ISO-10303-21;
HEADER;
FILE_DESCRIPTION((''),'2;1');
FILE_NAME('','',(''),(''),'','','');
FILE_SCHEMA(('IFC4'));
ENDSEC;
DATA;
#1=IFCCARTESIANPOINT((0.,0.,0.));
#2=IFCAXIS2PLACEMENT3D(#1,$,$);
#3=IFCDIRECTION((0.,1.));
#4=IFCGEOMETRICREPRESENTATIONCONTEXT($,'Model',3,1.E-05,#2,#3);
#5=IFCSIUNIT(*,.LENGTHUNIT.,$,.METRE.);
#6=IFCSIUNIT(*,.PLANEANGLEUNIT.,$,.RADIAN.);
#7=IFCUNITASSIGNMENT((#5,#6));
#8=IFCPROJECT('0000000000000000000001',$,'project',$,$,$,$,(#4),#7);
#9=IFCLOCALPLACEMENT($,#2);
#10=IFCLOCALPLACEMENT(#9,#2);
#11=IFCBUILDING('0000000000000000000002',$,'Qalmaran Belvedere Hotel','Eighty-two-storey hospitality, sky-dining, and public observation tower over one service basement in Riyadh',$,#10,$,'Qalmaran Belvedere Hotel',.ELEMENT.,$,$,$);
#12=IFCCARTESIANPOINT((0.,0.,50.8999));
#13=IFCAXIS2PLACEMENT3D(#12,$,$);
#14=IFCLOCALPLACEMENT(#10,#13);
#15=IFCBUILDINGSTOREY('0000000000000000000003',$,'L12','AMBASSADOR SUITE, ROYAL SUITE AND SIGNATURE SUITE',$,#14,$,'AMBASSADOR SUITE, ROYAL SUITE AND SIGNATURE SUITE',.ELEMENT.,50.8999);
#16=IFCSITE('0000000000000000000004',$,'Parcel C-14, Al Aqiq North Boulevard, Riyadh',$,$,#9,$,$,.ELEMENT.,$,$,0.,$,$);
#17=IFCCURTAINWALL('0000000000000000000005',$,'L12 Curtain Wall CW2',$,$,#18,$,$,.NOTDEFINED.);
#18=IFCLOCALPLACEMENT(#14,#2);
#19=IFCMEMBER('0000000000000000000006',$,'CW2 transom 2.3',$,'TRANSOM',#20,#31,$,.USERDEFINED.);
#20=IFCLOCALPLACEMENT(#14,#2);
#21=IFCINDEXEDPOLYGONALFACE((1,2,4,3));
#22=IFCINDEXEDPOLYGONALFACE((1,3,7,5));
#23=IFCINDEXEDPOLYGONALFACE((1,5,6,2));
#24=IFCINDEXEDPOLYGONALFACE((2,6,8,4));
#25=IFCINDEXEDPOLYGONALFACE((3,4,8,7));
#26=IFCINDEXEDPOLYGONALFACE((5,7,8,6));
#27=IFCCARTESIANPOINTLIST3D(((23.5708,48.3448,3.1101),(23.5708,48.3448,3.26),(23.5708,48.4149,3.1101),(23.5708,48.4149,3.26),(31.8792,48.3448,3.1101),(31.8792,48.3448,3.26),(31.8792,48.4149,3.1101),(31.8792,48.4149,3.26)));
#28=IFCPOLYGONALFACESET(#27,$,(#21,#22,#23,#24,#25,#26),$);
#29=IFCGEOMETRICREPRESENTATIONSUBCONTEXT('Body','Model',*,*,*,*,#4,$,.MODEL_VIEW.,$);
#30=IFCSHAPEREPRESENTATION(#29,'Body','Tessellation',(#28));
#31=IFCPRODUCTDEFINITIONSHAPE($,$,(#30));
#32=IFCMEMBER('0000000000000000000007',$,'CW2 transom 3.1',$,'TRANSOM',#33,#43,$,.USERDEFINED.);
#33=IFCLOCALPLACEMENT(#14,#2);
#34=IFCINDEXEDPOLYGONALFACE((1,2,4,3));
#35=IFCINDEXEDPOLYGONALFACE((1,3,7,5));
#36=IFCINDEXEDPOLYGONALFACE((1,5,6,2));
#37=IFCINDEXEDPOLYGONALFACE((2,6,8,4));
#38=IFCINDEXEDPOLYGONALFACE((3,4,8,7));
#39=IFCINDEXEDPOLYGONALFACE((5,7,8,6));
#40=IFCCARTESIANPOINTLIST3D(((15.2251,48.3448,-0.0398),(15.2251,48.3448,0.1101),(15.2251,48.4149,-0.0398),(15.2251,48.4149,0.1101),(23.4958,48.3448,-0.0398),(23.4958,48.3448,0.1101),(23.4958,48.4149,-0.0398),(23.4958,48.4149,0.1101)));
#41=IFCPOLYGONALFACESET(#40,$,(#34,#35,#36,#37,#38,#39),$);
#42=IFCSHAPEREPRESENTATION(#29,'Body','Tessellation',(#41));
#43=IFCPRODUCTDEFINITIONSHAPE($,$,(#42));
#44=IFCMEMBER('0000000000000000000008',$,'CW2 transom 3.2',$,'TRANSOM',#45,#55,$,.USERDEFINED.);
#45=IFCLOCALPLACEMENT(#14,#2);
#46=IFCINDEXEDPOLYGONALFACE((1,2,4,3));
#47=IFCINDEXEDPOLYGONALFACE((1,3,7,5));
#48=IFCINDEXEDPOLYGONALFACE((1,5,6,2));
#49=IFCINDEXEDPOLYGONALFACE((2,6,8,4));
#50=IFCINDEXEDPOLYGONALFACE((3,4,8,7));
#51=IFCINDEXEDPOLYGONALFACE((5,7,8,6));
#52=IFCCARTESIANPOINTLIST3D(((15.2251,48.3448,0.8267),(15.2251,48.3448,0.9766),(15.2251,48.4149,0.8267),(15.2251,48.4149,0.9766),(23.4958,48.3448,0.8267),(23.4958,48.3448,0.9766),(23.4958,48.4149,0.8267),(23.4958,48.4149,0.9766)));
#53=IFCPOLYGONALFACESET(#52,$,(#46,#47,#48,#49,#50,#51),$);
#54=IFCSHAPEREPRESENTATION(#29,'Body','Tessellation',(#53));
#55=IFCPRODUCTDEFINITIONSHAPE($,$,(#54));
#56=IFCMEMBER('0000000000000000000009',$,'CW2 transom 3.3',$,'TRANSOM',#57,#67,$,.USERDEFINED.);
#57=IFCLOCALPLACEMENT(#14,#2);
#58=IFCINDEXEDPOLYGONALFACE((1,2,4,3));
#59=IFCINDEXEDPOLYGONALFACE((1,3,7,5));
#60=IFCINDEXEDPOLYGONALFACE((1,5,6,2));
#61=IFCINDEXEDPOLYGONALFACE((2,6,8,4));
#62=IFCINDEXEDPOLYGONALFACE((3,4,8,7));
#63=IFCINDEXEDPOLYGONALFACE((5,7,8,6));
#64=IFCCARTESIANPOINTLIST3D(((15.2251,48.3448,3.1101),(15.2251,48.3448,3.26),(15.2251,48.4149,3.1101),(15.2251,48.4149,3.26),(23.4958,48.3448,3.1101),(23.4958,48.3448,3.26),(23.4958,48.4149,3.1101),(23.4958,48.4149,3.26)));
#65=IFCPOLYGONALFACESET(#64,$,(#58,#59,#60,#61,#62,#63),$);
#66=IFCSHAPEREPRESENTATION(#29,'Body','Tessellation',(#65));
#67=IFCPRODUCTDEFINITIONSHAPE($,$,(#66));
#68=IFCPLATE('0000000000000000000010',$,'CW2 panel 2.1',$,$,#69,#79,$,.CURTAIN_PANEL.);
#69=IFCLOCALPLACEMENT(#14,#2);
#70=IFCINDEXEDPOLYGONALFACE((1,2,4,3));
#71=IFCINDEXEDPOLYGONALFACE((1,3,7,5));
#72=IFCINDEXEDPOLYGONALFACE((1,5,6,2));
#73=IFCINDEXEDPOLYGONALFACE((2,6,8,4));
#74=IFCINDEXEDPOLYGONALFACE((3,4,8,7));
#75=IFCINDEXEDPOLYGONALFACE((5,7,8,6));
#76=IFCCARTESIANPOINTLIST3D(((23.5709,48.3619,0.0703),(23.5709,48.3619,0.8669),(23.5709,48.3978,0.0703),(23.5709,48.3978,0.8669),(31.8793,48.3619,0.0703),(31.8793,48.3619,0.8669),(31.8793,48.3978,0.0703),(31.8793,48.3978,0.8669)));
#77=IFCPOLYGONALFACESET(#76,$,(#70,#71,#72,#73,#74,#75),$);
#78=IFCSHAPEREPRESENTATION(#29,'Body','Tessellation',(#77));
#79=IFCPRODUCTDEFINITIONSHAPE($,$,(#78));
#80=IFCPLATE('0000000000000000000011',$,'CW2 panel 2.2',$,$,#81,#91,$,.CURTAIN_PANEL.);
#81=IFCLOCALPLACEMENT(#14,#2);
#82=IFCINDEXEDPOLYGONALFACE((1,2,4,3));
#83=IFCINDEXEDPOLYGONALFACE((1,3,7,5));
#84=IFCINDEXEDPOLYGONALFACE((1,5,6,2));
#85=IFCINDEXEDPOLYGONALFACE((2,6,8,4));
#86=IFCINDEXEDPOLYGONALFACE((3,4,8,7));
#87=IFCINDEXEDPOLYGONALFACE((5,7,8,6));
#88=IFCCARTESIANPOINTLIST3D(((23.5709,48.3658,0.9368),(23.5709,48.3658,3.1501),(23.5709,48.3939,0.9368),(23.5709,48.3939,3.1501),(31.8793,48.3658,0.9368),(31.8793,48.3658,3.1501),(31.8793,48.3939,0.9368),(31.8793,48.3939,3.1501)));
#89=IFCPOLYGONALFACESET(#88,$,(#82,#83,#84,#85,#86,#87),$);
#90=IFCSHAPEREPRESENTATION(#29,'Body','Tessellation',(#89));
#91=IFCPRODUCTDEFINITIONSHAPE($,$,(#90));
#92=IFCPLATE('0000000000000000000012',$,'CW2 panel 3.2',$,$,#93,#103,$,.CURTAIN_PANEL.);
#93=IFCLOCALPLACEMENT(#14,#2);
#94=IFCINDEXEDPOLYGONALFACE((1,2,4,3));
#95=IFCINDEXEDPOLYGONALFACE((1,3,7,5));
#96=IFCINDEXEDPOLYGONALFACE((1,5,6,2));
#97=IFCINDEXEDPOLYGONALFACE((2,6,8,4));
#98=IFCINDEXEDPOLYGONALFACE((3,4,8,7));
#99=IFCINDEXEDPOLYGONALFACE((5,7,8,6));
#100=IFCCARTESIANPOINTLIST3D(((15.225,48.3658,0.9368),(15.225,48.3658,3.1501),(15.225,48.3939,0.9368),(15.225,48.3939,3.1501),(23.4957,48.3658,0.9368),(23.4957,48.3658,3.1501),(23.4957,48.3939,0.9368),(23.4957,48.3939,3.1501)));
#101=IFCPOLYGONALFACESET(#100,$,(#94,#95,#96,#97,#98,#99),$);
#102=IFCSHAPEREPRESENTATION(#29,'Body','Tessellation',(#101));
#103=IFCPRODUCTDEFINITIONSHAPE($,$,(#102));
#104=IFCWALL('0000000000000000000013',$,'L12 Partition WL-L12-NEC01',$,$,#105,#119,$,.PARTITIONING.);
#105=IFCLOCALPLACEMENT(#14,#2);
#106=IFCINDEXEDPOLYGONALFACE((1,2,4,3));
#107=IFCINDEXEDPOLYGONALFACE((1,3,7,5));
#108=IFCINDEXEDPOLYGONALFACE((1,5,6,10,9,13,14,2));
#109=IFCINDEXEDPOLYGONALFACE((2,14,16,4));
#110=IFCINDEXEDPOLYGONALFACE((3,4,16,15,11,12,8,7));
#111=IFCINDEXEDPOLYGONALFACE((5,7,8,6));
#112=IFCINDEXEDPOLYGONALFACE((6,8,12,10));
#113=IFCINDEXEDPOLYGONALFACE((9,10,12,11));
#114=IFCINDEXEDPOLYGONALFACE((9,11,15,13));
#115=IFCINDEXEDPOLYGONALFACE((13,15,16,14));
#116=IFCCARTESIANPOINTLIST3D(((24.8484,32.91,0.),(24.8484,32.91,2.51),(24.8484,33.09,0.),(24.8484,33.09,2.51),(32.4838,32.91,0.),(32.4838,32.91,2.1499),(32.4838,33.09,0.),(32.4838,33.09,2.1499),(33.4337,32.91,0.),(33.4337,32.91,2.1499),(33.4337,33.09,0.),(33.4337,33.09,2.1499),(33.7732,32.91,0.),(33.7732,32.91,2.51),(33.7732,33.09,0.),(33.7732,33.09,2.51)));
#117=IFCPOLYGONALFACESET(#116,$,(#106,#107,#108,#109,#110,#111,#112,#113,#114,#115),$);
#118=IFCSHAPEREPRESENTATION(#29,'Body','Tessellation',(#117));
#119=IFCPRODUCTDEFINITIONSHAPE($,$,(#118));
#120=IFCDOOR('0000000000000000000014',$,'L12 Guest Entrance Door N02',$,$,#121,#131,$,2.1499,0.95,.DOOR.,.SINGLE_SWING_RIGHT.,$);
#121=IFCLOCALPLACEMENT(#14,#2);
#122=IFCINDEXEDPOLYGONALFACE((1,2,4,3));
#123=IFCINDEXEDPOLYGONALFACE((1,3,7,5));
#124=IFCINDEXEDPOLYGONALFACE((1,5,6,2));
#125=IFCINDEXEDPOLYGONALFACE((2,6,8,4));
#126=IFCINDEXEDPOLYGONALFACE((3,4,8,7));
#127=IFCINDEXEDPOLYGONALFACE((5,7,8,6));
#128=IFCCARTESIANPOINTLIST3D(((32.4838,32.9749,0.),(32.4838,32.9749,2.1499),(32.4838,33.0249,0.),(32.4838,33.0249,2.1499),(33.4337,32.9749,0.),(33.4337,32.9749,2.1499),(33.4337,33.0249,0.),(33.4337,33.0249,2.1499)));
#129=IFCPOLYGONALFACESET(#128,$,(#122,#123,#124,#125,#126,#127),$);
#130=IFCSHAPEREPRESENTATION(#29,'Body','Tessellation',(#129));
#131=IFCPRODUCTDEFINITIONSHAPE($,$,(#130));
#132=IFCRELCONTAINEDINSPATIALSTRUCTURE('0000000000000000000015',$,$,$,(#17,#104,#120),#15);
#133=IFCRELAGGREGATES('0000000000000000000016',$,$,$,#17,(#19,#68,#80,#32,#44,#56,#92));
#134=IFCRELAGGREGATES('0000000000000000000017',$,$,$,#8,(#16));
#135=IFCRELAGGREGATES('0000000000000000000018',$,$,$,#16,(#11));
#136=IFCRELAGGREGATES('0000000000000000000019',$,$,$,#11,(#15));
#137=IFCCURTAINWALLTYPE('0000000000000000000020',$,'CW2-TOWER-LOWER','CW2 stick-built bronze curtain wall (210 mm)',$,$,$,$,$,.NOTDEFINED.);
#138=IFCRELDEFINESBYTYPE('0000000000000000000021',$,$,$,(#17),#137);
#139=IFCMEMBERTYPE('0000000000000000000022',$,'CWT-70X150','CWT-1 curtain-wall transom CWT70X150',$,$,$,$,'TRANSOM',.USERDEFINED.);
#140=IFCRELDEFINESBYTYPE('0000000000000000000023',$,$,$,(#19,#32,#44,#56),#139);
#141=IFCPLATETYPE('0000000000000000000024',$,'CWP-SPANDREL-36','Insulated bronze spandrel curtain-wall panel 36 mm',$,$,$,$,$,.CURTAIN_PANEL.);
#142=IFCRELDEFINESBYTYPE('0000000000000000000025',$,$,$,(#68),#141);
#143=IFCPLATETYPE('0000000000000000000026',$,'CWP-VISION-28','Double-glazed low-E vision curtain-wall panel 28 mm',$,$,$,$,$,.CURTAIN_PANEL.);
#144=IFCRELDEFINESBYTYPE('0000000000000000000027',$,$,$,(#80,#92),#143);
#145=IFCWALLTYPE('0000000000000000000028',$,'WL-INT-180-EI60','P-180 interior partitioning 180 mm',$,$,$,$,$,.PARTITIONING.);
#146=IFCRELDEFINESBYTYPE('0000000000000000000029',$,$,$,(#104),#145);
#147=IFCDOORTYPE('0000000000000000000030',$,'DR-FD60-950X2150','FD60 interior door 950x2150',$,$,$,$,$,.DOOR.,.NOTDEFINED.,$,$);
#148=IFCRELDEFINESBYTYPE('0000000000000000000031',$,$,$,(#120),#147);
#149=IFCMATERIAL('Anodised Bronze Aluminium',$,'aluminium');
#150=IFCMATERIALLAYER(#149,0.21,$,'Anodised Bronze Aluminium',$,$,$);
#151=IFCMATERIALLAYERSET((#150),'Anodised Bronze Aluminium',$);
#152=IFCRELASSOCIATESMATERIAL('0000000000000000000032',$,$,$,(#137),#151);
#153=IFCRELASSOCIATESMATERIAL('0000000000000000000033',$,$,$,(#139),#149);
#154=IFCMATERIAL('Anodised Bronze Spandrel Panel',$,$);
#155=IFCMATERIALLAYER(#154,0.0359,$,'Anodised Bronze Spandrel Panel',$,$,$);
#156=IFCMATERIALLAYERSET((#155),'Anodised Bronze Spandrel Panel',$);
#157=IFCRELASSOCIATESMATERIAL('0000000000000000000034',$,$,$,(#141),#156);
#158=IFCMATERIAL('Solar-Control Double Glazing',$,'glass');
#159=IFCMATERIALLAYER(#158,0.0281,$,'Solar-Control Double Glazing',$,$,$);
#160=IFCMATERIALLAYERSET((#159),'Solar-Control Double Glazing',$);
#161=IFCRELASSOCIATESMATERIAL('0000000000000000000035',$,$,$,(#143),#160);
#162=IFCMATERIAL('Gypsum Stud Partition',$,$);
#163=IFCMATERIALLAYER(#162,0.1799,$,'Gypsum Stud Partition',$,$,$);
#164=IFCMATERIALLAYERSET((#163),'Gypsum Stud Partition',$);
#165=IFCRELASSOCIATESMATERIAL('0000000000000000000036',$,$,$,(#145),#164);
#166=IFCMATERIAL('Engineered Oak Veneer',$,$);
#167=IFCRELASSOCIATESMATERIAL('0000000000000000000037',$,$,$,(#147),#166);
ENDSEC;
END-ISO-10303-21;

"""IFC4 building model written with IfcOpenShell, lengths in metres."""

from ifc_helpers import new_model, si_unit, direction, frame, frame_2d, origin, origin_2d, place, context, subcontext, project, spatial, rectangle, extrude, material, layer, layer_set, material_profile, profile_set, type_object, element, fill, aggregate, save


model = new_model("IFC4")

# Units and contexts
model_context = context("Model", 3, precision=1e-05, world=origin(), true_north=direction((0.0, 1.0)))
body_context = subcontext(model_context, "Body", "Model", "MODEL_VIEW")
ifc_project = project(units=[si_unit("LENGTHUNIT", "METRE"), si_unit("PLANEANGLEUNIT", "RADIAN")], contexts=[model_context])

# Site, building, storey
site_placement = place(None, origin())
site = spatial("IfcSite", under=ifc_project, at=site_placement, Name="Parcel C-14, Al Aqiq North Boulevard, Riyadh", CompositionType="ELEMENT", RefElevation=0.0)
building_placement = place(site_placement, origin())
building = spatial("IfcBuilding", under=site, at=building_placement, Name="Qalmaran Belvedere Hotel", Description="Eighty-two-storey hospitality, sky-dining, and public observation tower over one service basement in Riyadh", LongName="Qalmaran Belvedere Hotel", CompositionType="ELEMENT")
storey_placement = place(building_placement, frame((0.0, 0.0, 50.8999)))
storey = spatial("IfcBuildingStorey", under=building, at=storey_placement, Name="L12", Description="AMBASSADOR SUITE, ROYAL SUITE AND SIGNATURE SUITE", LongName="AMBASSADOR SUITE, ROYAL SUITE AND SIGNATURE SUITE", CompositionType="ELEMENT", Elevation=50.8999)

# Curtain wall, members, plates
ifc_material_1 = material(Name="Anodised Bronze Aluminium", Category="aluminium")
ifc_layer_1 = layer(ifc_material_1, 0.21, Name="Anodised Bronze Aluminium")
ifc_layer_set_1 = layer_set([ifc_layer_1], Name="Anodised Bronze Aluminium")
curtain_wall_type = type_object("IfcCurtainWallType", Name="CW2-TOWER-LOWER", Description="CW2 stick-built bronze curtain wall (210 mm)", PredefinedType="NOTDEFINED", material=ifc_layer_set_1)
curtain_wall_placement = place(storey_placement, origin())
curtain_wall = element("IfcCurtainWall", 1, at=curtain_wall_placement, inside=storey, type_object=curtain_wall_type, Name="L12 Curtain Wall CW2", PredefinedType="NOTDEFINED")
ifc_material_profile_1 = material_profile(ifc_material_1, rectangle(XDim=0.0701, YDim=0.1499, at=origin_2d()), Name="CWT70X150")
ifc_profile_set_1 = profile_set([ifc_material_profile_1], Name="Anodised Bronze Aluminium")
member_type_1 = type_object("IfcMemberType", Name="CWT-70X150", Description="CWT-1 curtain-wall transom CWT70X150", ElementType="TRANSOM", PredefinedType="USERDEFINED", material=ifc_profile_set_1)
member_1_placement = place(storey_placement, frame((31.8792, 48.3799, 3.1851), z_axis=(-1.0, 0.0, 0.0), x_axis=(0.0, -1.0, 0.0)))
member_1 = element("IfcMember", 2, at=member_1_placement, type_object=member_type_1, Name="CW2 transom 2.3", ObjectType="TRANSOM", PredefinedType="USERDEFINED", context=body_context, shape_type="SweptSolid", body=[
    extrude(rectangle(XDim=0.0701, YDim=0.1499, at=origin_2d()), origin(), (0.0, 0.0, 1.0), 8.3083),
])
member_2_placement = place(storey_placement, frame((23.4958, 48.3799, 0.0352), z_axis=(-1.0, 0.0, 0.0), x_axis=(0.0, -1.0, 0.0)))
member_2 = element("IfcMember", 3, at=member_2_placement, type_object=member_type_1, Name="CW2 transom 3.1", ObjectType="TRANSOM", PredefinedType="USERDEFINED", context=body_context, shape_type="SweptSolid", body=[
    extrude(rectangle(XDim=0.0701, YDim=0.1499, at=origin_2d()), origin(), (0.0, 0.0, 1.0), 8.2708),
])
member_3_placement = place(storey_placement, frame((23.4958, 48.3799, 0.9016), z_axis=(-1.0, 0.0, 0.0), x_axis=(0.0, -1.0, 0.0)))
member_3 = element("IfcMember", 4, at=member_3_placement, type_object=member_type_1, Name="CW2 transom 3.2", ObjectType="TRANSOM", PredefinedType="USERDEFINED", context=body_context, shape_type="SweptSolid", body=[
    extrude(rectangle(XDim=0.0701, YDim=0.1499, at=origin_2d()), origin(), (0.0, 0.0, 1.0), 8.2708),
])
member_4_placement = place(storey_placement, frame((23.4958, 48.3799, 3.1851), z_axis=(-1.0, 0.0, 0.0), x_axis=(0.0, -1.0, 0.0)))
member_4 = element("IfcMember", 5, at=member_4_placement, type_object=member_type_1, Name="CW2 transom 3.3", ObjectType="TRANSOM", PredefinedType="USERDEFINED", context=body_context, shape_type="SweptSolid", body=[
    extrude(rectangle(XDim=0.0701, YDim=0.1499, at=origin_2d()), origin(), (0.0, 0.0, 1.0), 8.2708),
])
ifc_material_2 = material(Name="Anodised Bronze Spandrel Panel")
ifc_layer_2 = layer(ifc_material_2, 0.0359, Name="Anodised Bronze Spandrel Panel")
ifc_layer_set_2 = layer_set([ifc_layer_2], Name="Anodised Bronze Spandrel Panel")
plate_type_1 = type_object("IfcPlateType", Name="CWP-SPANDREL-36", Description="Insulated bronze spandrel curtain-wall panel 36 mm", PredefinedType="CURTAIN_PANEL", material=ifc_layer_set_2)
plate_1_placement = place(storey_placement, frame((27.7251, 48.3799, 0.0703), z_axis=(0.0, 0.0, 1.0), x_axis=(-1.0, 0.0, 0.0)))
plate_1 = element("IfcPlate", 6, at=plate_1_placement, type_object=plate_type_1, Name="CW2 panel 2.1", PredefinedType="CURTAIN_PANEL", context=body_context, shape_type="SweptSolid", body=[
    extrude(rectangle(XDim=8.3083, YDim=0.0359, at=origin_2d()), origin(), (0.0, 0.0, 1.0), 0.7966),
])
ifc_material_3 = material(Name="Solar-Control Double Glazing", Category="glass")
ifc_layer_3 = layer(ifc_material_3, 0.0281, Name="Solar-Control Double Glazing")
ifc_layer_set_3 = layer_set([ifc_layer_3], Name="Solar-Control Double Glazing")
plate_type_2 = type_object("IfcPlateType", Name="CWP-VISION-28", Description="Double-glazed low-E vision curtain-wall panel 28 mm", PredefinedType="CURTAIN_PANEL", material=ifc_layer_set_3)
plate_2_placement = place(storey_placement, frame((27.7251, 48.3799, 0.9368), z_axis=(0.0, 0.0, 1.0), x_axis=(-1.0, 0.0, 0.0)))
plate_2 = element("IfcPlate", 7, at=plate_2_placement, type_object=plate_type_2, Name="CW2 panel 2.2", PredefinedType="CURTAIN_PANEL", context=body_context, shape_type="SweptSolid", body=[
    extrude(rectangle(XDim=8.3083, YDim=0.0281, at=origin_2d()), origin(), (0.0, 0.0, 1.0), 2.2134),
])
plate_3_placement = place(storey_placement, frame((19.3604, 48.3799, 0.9368), z_axis=(0.0, 0.0, 1.0), x_axis=(-1.0, 0.0, 0.0)))
plate_3 = element("IfcPlate", 8, at=plate_3_placement, type_object=plate_type_2, Name="CW2 panel 3.2", PredefinedType="CURTAIN_PANEL", context=body_context, shape_type="SweptSolid", body=[
    extrude(rectangle(XDim=8.2708, YDim=0.0281, at=origin_2d()), origin(), (0.0, 0.0, 1.0), 2.2134),
])
aggregate(curtain_wall, [member_1, plate_1, plate_2, member_2, member_3, member_4, plate_3])

# Wall, opening, door
ifc_material_4 = material(Name="Gypsum Stud Partition")
ifc_layer_4 = layer(ifc_material_4, 0.1799, Name="Gypsum Stud Partition")
ifc_layer_set_4 = layer_set([ifc_layer_4], Name="Gypsum Stud Partition")
wall_type = type_object("IfcWallType", Name="WL-INT-180-EI60", Description="P-180 interior partitioning 180 mm", PredefinedType="PARTITIONING", material=ifc_layer_set_4)
wall_placement = place(storey_placement, frame((24.8484, 33.0, 0.0), z_axis=(0.0, 0.0, 1.0), x_axis=(1.0, 0.0, 0.0)))
wall = element("IfcWall", 9, at=wall_placement, inside=storey, type_object=wall_type, Name="L12 Partition WL-L12-NEC01", PredefinedType="PARTITIONING", context=body_context, shape_type="SweptSolid", body=[
    extrude(rectangle(XDim=8.9248, YDim=0.1799, at=frame_2d((4.4624, 0.0))), origin(), (0.0, 0.0, 1.0), 2.51),
])
opening_placement = place(wall_placement, frame((7.6353, 0.0, 0.0)))
opening = element("IfcOpeningElement", 10, at=opening_placement, cuts=wall, PredefinedType="OPENING", context=body_context, shape_type="SweptSolid", body=[
    extrude(rectangle(XDim=0.95, YDim=2.1499, at=frame_2d((0.4751, 1.075))), frame((0.0, 0.1001, 0.0), z_axis=(0.0, -1.0, 0.0), x_axis=(1.0, 0.0, 0.0)), (0.0, 0.0, 1.0), 0.2),
])
ifc_material_5 = material(Name="Engineered Oak Veneer")
door_type = type_object("IfcDoorType", Name="DR-FD60-950X2150", Description="FD60 interior door 950x2150", OperationType="NOTDEFINED", PredefinedType="DOOR", material=ifc_material_5)
door_placement = place(opening_placement, origin())
door = element("IfcDoor", 11, at=door_placement, inside=storey, type_object=door_type, Name="L12 Guest Entrance Door N02", OperationType="SINGLE_SWING_RIGHT", OverallHeight=2.1499, OverallWidth=0.95, PredefinedType="DOOR", context=body_context, shape_type="SweptSolid", body=[
    extrude(rectangle(XDim=0.95, YDim=2.1499, at=frame_2d((0.4751, 1.075))), frame((0.0, 0.0249, 0.0), z_axis=(0.0, -1.0, 0.0), x_axis=(1.0, 0.0, 0.0)), (0.0, 0.0, 1.0), 0.05),
])
fill(opening, door)

save(model, "model.ifc")
